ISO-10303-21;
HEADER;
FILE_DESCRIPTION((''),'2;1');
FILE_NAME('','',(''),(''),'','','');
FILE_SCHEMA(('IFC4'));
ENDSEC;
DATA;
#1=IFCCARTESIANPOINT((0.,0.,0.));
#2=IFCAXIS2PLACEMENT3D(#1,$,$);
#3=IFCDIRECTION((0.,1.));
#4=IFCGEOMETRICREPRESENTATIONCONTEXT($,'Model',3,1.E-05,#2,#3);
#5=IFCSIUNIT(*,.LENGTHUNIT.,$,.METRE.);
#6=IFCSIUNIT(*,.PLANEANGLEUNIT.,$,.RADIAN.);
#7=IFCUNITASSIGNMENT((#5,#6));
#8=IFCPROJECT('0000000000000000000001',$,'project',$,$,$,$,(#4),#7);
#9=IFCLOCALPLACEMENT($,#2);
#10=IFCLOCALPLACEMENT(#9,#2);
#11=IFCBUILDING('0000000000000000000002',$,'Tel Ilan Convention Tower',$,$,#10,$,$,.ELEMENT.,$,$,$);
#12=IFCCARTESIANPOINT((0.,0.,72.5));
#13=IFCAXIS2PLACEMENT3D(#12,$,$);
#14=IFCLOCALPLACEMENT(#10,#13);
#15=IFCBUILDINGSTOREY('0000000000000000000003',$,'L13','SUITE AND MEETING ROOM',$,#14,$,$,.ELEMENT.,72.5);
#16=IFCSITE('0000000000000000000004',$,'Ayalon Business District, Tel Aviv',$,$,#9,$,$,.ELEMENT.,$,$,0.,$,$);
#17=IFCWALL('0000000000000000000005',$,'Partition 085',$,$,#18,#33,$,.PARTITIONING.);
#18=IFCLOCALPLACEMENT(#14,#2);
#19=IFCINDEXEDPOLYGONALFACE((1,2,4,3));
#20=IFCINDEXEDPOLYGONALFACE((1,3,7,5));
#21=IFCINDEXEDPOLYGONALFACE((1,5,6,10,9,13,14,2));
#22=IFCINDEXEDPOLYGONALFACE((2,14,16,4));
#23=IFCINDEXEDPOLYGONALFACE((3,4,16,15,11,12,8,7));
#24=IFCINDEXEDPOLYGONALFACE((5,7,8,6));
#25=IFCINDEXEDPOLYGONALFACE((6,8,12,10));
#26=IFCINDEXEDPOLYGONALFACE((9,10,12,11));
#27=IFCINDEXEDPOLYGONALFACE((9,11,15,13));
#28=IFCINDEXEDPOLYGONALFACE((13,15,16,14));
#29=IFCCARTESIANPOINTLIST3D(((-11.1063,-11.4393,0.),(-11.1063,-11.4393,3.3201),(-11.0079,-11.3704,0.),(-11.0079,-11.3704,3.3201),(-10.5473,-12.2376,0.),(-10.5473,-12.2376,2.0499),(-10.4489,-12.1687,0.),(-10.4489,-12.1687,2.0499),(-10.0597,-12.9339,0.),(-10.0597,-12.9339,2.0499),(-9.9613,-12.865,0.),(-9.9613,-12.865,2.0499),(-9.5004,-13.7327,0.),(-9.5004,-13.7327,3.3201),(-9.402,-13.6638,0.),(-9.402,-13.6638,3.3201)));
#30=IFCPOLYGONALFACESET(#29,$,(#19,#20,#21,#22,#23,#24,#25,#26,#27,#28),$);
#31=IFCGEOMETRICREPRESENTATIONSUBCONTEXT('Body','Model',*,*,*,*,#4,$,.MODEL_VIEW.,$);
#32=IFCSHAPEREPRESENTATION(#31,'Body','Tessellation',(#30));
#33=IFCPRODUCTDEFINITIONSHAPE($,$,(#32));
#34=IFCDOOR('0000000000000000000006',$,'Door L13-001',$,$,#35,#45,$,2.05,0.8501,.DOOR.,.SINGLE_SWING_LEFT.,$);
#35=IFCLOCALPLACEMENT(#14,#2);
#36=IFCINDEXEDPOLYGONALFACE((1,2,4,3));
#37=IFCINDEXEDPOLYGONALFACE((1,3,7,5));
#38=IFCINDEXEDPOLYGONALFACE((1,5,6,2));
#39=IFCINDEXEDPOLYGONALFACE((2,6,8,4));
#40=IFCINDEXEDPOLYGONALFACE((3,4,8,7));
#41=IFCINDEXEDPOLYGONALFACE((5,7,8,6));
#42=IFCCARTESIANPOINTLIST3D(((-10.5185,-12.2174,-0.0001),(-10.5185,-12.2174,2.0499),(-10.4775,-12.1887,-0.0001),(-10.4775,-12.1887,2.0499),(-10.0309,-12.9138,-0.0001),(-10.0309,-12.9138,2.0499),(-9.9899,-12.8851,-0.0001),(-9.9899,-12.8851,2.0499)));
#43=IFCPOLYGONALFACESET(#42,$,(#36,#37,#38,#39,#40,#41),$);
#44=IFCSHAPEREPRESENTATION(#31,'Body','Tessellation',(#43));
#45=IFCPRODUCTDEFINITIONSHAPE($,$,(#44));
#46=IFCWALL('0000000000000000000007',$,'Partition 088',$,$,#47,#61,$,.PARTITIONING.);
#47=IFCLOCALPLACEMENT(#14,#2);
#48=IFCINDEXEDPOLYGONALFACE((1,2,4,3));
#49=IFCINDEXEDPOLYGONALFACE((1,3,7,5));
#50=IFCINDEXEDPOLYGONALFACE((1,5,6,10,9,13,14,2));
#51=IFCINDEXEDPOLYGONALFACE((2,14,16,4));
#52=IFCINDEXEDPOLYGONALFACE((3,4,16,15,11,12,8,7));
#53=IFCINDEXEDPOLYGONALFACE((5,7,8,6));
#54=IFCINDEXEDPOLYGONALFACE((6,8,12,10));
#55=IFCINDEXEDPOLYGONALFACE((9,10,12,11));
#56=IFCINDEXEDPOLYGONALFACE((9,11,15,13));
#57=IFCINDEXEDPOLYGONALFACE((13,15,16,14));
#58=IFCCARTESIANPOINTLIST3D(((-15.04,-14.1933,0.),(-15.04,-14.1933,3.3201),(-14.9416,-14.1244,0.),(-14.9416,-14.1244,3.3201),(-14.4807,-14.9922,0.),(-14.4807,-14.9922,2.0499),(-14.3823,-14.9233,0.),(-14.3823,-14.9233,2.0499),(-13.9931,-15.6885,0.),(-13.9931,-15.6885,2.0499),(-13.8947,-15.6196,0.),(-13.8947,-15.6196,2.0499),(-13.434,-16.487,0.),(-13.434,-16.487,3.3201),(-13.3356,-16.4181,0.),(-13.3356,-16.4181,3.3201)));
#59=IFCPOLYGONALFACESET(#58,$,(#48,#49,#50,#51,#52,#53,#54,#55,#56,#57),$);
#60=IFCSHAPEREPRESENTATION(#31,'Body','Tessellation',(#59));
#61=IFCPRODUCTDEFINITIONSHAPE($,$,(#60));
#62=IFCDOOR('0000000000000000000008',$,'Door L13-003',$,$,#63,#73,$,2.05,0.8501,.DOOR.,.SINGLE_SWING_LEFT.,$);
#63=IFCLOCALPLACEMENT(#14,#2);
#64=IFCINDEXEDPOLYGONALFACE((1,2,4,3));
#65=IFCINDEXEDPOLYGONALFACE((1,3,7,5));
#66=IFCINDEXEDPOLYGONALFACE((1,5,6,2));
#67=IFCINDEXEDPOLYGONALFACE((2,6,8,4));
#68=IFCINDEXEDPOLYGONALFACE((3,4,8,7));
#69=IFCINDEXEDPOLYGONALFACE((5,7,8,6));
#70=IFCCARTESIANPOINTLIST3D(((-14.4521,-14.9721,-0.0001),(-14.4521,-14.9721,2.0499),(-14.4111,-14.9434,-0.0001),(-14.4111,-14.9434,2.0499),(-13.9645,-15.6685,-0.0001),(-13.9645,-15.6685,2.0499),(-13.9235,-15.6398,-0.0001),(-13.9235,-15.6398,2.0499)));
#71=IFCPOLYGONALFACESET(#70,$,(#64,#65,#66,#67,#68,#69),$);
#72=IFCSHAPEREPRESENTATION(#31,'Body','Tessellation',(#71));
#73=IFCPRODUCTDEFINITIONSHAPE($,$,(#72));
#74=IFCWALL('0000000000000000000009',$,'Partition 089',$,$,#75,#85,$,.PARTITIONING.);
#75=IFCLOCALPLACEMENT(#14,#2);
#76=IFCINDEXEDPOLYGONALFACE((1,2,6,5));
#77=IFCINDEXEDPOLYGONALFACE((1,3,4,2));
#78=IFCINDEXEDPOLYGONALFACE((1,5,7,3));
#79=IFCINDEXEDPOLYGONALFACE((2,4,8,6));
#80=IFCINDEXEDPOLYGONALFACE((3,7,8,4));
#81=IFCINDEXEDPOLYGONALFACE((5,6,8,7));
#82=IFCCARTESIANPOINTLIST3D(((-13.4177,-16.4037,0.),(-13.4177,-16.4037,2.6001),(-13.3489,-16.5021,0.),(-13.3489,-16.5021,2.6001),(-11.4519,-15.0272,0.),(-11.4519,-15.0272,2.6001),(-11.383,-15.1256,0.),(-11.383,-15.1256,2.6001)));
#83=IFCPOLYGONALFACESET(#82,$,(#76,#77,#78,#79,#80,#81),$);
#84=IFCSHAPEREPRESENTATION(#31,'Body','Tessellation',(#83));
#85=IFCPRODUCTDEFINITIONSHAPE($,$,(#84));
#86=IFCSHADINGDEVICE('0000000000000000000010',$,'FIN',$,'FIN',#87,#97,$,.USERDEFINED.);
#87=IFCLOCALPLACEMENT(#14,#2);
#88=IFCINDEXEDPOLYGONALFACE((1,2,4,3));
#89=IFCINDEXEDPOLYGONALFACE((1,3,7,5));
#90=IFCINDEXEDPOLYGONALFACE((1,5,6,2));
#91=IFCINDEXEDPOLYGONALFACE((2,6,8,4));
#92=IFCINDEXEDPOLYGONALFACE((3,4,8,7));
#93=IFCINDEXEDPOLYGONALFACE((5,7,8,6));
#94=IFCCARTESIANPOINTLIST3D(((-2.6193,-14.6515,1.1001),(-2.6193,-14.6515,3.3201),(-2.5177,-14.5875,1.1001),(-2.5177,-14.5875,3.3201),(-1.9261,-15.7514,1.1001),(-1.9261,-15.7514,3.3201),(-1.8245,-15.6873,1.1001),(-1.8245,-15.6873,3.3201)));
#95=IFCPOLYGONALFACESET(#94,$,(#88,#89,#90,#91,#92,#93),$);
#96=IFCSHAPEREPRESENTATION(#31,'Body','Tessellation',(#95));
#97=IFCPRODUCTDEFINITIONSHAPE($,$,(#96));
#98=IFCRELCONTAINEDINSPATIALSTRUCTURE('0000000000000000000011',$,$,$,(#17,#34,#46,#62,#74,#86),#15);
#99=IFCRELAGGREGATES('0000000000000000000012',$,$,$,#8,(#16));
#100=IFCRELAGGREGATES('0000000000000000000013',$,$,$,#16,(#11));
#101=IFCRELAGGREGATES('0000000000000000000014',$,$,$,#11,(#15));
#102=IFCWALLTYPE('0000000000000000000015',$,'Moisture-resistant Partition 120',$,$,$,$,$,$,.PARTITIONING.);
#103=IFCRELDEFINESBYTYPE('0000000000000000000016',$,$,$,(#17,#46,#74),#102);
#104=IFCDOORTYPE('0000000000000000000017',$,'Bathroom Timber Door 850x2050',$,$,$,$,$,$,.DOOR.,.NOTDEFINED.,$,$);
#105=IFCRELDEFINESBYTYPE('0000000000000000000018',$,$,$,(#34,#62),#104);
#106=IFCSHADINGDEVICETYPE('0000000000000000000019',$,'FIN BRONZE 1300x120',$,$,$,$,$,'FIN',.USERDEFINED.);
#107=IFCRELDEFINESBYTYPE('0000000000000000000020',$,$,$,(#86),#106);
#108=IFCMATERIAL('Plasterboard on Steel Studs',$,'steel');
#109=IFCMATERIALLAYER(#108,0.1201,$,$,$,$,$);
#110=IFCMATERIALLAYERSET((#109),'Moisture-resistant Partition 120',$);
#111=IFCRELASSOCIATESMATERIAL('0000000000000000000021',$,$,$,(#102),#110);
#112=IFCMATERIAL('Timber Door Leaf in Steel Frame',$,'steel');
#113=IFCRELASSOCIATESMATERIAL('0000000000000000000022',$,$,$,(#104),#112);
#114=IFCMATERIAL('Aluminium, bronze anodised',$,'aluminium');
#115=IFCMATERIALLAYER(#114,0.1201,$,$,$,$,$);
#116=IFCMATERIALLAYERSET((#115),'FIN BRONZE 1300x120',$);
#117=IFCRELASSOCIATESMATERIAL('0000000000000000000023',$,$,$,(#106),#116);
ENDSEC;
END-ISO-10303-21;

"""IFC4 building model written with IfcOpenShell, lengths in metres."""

from ifc_helpers import new_model, si_unit, direction, frame, frame_2d, origin, origin_2d, place, context, subcontext, project, spatial, rectangle, extrude, material, layer, layer_set, type_object, element, fill, save


model = new_model("IFC4")

# Units and contexts
model_context = context("Model", 3, precision=1e-05, world=origin(), true_north=direction((0.0, 1.0)))
body_context = subcontext(model_context, "Body", "Model", "MODEL_VIEW")
ifc_project = project(units=[si_unit("LENGTHUNIT", "METRE"), si_unit("PLANEANGLEUNIT", "RADIAN")], contexts=[model_context])

# Site, building, storey
site_placement = place(None, origin())
site = spatial("IfcSite", under=ifc_project, at=site_placement, Name="Ayalon Business District, Tel Aviv", CompositionType="ELEMENT", RefElevation=0.0)
building_placement = place(site_placement, origin())
building = spatial("IfcBuilding", under=site, at=building_placement, Name="Tel Ilan Convention Tower", CompositionType="ELEMENT")
storey_placement = place(building_placement, frame((0.0, 0.0, 72.5)))
storey = spatial("IfcBuildingStorey", under=building, at=storey_placement, Name="L13", Description="SUITE AND MEETING ROOM", CompositionType="ELEMENT", Elevation=72.5)

# Shared definitions
ifc_material_1 = material(Name="Plasterboard on Steel Studs", Category="steel")
ifc_layer_1 = layer(ifc_material_1, 0.1201)
ifc_layer_set_1 = layer_set([ifc_layer_1], Name="Moisture-resistant Partition 120")
wall_type_1 = type_object("IfcWallType", Name="Moisture-resistant Partition 120", PredefinedType="PARTITIONING", material=ifc_layer_set_1)

# Walls, openings, doors
wall_1_placement = place(storey_placement, frame((-9.4512, -13.6982, 0.0), z_axis=(0.0, 0.0, 1.0), x_axis=(-0.573591, 0.819142, 0.0)))
wall_1 = element("IfcWall", 1, at=wall_1_placement, inside=storey, type_object=wall_type_1, Name="Partition 085", PredefinedType="PARTITIONING", context=body_context, shape_type="SweptSolid", body=[
    extrude(rectangle(XDim=2.7998, YDim=0.1201, at=frame_2d((1.3999, 0.0))), origin(), (0.0, 0.0, 1.0), 3.3201),
])
opening_1_placement = place(wall_1_placement, frame((0.9751, 0.0, 0.0)))
opening_1 = element("IfcOpeningElement", 2, at=opening_1_placement, cuts=wall_1, PredefinedType="OPENING", context=body_context, shape_type="SweptSolid", body=[
    extrude(rectangle(XDim=0.8501, YDim=2.05, at=frame_2d((0.425, 1.0249))), frame((0.0, 0.0701, 0.0), z_axis=(0.0, -1.0, 0.0), x_axis=(1.0, 0.0, 0.0)), (0.0, 0.0, 1.0), 0.1401),
])
ifc_material_2 = material(Name="Timber Door Leaf in Steel Frame", Category="steel")
door_type_1 = type_object("IfcDoorType", Name="Bathroom Timber Door 850x2050", OperationType="NOTDEFINED", PredefinedType="DOOR", material=ifc_material_2)
door_1_placement = place(opening_1_placement, origin())
door_1 = element("IfcDoor", 3, at=door_1_placement, inside=storey, type_object=door_type_1, Name="Door L13-001", OperationType="SINGLE_SWING_LEFT", OverallHeight=2.05, OverallWidth=0.8501, PredefinedType="DOOR", context=body_context, shape_type="SweptSolid", body=[
    extrude(rectangle(XDim=0.8501, YDim=2.05, at=frame_2d((0.425, 1.0249))), frame((0.0, 0.0249, 0.0), z_axis=(0.0, -1.0, 0.0), x_axis=(1.0, 0.0, 0.0)), (0.0, 0.0, 1.0), 0.05),
])
fill(opening_1, door_1)
wall_2_placement = place(storey_placement, frame((-14.9907, -14.1589, 0.0), z_axis=(0.0, 0.0, 1.0), x_axis=(0.57355, -0.81917, 0.0)))
wall_2 = element("IfcWall", 4, at=wall_2_placement, inside=storey, type_object=wall_type_1, Name="Partition 088", PredefinedType="PARTITIONING", context=body_context, shape_type="SweptSolid", body=[
    extrude(rectangle(XDim=2.8, YDim=0.1201, at=frame_2d((1.3999, 0.0))), origin(), (0.0, 0.0, 1.0), 3.3201),
])
opening_2_placement = place(wall_2_placement, frame((0.9751, 0.0, 0.0)))
opening_2 = element("IfcOpeningElement", 5, at=opening_2_placement, cuts=wall_2, PredefinedType="OPENING", context=body_context, shape_type="SweptSolid", body=[
    extrude(rectangle(XDim=0.8501, YDim=2.05, at=frame_2d((0.425, 1.0249))), frame((0.0, 0.0701, 0.0), z_axis=(0.0, -1.0, 0.0), x_axis=(1.0, 0.0, 0.0)), (0.0, 0.0, 1.0), 0.1401),
])
door_2_placement = place(opening_2_placement, origin())
door_2 = element("IfcDoor", 6, at=door_2_placement, inside=storey, type_object=door_type_1, Name="Door L13-003", OperationType="SINGLE_SWING_LEFT", OverallHeight=2.05, OverallWidth=0.8501, PredefinedType="DOOR", context=body_context, shape_type="SweptSolid", body=[
    extrude(rectangle(XDim=0.8501, YDim=2.05, at=frame_2d((0.425, 1.0249))), frame((0.0, 0.0249, 0.0), z_axis=(0.0, -1.0, 0.0), x_axis=(1.0, 0.0, 0.0)), (0.0, 0.0, 1.0), 0.05),
])
fill(opening_2, door_2)

# Wall
wall_3_placement = place(storey_placement, frame((-13.3833, -16.4529, 0.0), z_axis=(0.0, 0.0, 1.0), x_axis=(0.819155, 0.573572, 0.0)))
element("IfcWall", 7, at=wall_3_placement, inside=storey, type_object=wall_type_1, Name="Partition 089", PredefinedType="PARTITIONING", context=body_context, shape_type="SweptSolid", body=[
    extrude(rectangle(XDim=2.3999, YDim=0.1201, at=frame_2d((1.2, 0.0))), origin(), (0.0, 0.0, 1.0), 2.6001),
])

# Shading device
ifc_material_3 = material(Name="Aluminium, bronze anodised", Category="aluminium")
ifc_layer_2 = layer(ifc_material_3, 0.1201)
ifc_layer_set_2 = layer_set([ifc_layer_2], Name="FIN BRONZE 1300x120")
shading_device_type = type_object("IfcShadingDeviceType", Name="FIN BRONZE 1300x120", ElementType="FIN", PredefinedType="USERDEFINED", material=ifc_layer_set_2)
shading_device_placement = place(storey_placement, frame((-2.2219, -15.1694, 1.1001), z_axis=(0.0, 0.0, 1.0), x_axis=(0.533204, -0.845986, 0.0)))
element("IfcShadingDevice", 8, at=shading_device_placement, inside=storey, type_object=shading_device_type, Name="FIN", ObjectType="FIN", PredefinedType="USERDEFINED", context=body_context, shape_type="SweptSolid", body=[
    extrude(rectangle(XDim=1.3, YDim=0.1201, at=origin_2d()), origin(), (0.0, 0.0, 1.0), 2.22),
])

save(model, "model.ifc")
